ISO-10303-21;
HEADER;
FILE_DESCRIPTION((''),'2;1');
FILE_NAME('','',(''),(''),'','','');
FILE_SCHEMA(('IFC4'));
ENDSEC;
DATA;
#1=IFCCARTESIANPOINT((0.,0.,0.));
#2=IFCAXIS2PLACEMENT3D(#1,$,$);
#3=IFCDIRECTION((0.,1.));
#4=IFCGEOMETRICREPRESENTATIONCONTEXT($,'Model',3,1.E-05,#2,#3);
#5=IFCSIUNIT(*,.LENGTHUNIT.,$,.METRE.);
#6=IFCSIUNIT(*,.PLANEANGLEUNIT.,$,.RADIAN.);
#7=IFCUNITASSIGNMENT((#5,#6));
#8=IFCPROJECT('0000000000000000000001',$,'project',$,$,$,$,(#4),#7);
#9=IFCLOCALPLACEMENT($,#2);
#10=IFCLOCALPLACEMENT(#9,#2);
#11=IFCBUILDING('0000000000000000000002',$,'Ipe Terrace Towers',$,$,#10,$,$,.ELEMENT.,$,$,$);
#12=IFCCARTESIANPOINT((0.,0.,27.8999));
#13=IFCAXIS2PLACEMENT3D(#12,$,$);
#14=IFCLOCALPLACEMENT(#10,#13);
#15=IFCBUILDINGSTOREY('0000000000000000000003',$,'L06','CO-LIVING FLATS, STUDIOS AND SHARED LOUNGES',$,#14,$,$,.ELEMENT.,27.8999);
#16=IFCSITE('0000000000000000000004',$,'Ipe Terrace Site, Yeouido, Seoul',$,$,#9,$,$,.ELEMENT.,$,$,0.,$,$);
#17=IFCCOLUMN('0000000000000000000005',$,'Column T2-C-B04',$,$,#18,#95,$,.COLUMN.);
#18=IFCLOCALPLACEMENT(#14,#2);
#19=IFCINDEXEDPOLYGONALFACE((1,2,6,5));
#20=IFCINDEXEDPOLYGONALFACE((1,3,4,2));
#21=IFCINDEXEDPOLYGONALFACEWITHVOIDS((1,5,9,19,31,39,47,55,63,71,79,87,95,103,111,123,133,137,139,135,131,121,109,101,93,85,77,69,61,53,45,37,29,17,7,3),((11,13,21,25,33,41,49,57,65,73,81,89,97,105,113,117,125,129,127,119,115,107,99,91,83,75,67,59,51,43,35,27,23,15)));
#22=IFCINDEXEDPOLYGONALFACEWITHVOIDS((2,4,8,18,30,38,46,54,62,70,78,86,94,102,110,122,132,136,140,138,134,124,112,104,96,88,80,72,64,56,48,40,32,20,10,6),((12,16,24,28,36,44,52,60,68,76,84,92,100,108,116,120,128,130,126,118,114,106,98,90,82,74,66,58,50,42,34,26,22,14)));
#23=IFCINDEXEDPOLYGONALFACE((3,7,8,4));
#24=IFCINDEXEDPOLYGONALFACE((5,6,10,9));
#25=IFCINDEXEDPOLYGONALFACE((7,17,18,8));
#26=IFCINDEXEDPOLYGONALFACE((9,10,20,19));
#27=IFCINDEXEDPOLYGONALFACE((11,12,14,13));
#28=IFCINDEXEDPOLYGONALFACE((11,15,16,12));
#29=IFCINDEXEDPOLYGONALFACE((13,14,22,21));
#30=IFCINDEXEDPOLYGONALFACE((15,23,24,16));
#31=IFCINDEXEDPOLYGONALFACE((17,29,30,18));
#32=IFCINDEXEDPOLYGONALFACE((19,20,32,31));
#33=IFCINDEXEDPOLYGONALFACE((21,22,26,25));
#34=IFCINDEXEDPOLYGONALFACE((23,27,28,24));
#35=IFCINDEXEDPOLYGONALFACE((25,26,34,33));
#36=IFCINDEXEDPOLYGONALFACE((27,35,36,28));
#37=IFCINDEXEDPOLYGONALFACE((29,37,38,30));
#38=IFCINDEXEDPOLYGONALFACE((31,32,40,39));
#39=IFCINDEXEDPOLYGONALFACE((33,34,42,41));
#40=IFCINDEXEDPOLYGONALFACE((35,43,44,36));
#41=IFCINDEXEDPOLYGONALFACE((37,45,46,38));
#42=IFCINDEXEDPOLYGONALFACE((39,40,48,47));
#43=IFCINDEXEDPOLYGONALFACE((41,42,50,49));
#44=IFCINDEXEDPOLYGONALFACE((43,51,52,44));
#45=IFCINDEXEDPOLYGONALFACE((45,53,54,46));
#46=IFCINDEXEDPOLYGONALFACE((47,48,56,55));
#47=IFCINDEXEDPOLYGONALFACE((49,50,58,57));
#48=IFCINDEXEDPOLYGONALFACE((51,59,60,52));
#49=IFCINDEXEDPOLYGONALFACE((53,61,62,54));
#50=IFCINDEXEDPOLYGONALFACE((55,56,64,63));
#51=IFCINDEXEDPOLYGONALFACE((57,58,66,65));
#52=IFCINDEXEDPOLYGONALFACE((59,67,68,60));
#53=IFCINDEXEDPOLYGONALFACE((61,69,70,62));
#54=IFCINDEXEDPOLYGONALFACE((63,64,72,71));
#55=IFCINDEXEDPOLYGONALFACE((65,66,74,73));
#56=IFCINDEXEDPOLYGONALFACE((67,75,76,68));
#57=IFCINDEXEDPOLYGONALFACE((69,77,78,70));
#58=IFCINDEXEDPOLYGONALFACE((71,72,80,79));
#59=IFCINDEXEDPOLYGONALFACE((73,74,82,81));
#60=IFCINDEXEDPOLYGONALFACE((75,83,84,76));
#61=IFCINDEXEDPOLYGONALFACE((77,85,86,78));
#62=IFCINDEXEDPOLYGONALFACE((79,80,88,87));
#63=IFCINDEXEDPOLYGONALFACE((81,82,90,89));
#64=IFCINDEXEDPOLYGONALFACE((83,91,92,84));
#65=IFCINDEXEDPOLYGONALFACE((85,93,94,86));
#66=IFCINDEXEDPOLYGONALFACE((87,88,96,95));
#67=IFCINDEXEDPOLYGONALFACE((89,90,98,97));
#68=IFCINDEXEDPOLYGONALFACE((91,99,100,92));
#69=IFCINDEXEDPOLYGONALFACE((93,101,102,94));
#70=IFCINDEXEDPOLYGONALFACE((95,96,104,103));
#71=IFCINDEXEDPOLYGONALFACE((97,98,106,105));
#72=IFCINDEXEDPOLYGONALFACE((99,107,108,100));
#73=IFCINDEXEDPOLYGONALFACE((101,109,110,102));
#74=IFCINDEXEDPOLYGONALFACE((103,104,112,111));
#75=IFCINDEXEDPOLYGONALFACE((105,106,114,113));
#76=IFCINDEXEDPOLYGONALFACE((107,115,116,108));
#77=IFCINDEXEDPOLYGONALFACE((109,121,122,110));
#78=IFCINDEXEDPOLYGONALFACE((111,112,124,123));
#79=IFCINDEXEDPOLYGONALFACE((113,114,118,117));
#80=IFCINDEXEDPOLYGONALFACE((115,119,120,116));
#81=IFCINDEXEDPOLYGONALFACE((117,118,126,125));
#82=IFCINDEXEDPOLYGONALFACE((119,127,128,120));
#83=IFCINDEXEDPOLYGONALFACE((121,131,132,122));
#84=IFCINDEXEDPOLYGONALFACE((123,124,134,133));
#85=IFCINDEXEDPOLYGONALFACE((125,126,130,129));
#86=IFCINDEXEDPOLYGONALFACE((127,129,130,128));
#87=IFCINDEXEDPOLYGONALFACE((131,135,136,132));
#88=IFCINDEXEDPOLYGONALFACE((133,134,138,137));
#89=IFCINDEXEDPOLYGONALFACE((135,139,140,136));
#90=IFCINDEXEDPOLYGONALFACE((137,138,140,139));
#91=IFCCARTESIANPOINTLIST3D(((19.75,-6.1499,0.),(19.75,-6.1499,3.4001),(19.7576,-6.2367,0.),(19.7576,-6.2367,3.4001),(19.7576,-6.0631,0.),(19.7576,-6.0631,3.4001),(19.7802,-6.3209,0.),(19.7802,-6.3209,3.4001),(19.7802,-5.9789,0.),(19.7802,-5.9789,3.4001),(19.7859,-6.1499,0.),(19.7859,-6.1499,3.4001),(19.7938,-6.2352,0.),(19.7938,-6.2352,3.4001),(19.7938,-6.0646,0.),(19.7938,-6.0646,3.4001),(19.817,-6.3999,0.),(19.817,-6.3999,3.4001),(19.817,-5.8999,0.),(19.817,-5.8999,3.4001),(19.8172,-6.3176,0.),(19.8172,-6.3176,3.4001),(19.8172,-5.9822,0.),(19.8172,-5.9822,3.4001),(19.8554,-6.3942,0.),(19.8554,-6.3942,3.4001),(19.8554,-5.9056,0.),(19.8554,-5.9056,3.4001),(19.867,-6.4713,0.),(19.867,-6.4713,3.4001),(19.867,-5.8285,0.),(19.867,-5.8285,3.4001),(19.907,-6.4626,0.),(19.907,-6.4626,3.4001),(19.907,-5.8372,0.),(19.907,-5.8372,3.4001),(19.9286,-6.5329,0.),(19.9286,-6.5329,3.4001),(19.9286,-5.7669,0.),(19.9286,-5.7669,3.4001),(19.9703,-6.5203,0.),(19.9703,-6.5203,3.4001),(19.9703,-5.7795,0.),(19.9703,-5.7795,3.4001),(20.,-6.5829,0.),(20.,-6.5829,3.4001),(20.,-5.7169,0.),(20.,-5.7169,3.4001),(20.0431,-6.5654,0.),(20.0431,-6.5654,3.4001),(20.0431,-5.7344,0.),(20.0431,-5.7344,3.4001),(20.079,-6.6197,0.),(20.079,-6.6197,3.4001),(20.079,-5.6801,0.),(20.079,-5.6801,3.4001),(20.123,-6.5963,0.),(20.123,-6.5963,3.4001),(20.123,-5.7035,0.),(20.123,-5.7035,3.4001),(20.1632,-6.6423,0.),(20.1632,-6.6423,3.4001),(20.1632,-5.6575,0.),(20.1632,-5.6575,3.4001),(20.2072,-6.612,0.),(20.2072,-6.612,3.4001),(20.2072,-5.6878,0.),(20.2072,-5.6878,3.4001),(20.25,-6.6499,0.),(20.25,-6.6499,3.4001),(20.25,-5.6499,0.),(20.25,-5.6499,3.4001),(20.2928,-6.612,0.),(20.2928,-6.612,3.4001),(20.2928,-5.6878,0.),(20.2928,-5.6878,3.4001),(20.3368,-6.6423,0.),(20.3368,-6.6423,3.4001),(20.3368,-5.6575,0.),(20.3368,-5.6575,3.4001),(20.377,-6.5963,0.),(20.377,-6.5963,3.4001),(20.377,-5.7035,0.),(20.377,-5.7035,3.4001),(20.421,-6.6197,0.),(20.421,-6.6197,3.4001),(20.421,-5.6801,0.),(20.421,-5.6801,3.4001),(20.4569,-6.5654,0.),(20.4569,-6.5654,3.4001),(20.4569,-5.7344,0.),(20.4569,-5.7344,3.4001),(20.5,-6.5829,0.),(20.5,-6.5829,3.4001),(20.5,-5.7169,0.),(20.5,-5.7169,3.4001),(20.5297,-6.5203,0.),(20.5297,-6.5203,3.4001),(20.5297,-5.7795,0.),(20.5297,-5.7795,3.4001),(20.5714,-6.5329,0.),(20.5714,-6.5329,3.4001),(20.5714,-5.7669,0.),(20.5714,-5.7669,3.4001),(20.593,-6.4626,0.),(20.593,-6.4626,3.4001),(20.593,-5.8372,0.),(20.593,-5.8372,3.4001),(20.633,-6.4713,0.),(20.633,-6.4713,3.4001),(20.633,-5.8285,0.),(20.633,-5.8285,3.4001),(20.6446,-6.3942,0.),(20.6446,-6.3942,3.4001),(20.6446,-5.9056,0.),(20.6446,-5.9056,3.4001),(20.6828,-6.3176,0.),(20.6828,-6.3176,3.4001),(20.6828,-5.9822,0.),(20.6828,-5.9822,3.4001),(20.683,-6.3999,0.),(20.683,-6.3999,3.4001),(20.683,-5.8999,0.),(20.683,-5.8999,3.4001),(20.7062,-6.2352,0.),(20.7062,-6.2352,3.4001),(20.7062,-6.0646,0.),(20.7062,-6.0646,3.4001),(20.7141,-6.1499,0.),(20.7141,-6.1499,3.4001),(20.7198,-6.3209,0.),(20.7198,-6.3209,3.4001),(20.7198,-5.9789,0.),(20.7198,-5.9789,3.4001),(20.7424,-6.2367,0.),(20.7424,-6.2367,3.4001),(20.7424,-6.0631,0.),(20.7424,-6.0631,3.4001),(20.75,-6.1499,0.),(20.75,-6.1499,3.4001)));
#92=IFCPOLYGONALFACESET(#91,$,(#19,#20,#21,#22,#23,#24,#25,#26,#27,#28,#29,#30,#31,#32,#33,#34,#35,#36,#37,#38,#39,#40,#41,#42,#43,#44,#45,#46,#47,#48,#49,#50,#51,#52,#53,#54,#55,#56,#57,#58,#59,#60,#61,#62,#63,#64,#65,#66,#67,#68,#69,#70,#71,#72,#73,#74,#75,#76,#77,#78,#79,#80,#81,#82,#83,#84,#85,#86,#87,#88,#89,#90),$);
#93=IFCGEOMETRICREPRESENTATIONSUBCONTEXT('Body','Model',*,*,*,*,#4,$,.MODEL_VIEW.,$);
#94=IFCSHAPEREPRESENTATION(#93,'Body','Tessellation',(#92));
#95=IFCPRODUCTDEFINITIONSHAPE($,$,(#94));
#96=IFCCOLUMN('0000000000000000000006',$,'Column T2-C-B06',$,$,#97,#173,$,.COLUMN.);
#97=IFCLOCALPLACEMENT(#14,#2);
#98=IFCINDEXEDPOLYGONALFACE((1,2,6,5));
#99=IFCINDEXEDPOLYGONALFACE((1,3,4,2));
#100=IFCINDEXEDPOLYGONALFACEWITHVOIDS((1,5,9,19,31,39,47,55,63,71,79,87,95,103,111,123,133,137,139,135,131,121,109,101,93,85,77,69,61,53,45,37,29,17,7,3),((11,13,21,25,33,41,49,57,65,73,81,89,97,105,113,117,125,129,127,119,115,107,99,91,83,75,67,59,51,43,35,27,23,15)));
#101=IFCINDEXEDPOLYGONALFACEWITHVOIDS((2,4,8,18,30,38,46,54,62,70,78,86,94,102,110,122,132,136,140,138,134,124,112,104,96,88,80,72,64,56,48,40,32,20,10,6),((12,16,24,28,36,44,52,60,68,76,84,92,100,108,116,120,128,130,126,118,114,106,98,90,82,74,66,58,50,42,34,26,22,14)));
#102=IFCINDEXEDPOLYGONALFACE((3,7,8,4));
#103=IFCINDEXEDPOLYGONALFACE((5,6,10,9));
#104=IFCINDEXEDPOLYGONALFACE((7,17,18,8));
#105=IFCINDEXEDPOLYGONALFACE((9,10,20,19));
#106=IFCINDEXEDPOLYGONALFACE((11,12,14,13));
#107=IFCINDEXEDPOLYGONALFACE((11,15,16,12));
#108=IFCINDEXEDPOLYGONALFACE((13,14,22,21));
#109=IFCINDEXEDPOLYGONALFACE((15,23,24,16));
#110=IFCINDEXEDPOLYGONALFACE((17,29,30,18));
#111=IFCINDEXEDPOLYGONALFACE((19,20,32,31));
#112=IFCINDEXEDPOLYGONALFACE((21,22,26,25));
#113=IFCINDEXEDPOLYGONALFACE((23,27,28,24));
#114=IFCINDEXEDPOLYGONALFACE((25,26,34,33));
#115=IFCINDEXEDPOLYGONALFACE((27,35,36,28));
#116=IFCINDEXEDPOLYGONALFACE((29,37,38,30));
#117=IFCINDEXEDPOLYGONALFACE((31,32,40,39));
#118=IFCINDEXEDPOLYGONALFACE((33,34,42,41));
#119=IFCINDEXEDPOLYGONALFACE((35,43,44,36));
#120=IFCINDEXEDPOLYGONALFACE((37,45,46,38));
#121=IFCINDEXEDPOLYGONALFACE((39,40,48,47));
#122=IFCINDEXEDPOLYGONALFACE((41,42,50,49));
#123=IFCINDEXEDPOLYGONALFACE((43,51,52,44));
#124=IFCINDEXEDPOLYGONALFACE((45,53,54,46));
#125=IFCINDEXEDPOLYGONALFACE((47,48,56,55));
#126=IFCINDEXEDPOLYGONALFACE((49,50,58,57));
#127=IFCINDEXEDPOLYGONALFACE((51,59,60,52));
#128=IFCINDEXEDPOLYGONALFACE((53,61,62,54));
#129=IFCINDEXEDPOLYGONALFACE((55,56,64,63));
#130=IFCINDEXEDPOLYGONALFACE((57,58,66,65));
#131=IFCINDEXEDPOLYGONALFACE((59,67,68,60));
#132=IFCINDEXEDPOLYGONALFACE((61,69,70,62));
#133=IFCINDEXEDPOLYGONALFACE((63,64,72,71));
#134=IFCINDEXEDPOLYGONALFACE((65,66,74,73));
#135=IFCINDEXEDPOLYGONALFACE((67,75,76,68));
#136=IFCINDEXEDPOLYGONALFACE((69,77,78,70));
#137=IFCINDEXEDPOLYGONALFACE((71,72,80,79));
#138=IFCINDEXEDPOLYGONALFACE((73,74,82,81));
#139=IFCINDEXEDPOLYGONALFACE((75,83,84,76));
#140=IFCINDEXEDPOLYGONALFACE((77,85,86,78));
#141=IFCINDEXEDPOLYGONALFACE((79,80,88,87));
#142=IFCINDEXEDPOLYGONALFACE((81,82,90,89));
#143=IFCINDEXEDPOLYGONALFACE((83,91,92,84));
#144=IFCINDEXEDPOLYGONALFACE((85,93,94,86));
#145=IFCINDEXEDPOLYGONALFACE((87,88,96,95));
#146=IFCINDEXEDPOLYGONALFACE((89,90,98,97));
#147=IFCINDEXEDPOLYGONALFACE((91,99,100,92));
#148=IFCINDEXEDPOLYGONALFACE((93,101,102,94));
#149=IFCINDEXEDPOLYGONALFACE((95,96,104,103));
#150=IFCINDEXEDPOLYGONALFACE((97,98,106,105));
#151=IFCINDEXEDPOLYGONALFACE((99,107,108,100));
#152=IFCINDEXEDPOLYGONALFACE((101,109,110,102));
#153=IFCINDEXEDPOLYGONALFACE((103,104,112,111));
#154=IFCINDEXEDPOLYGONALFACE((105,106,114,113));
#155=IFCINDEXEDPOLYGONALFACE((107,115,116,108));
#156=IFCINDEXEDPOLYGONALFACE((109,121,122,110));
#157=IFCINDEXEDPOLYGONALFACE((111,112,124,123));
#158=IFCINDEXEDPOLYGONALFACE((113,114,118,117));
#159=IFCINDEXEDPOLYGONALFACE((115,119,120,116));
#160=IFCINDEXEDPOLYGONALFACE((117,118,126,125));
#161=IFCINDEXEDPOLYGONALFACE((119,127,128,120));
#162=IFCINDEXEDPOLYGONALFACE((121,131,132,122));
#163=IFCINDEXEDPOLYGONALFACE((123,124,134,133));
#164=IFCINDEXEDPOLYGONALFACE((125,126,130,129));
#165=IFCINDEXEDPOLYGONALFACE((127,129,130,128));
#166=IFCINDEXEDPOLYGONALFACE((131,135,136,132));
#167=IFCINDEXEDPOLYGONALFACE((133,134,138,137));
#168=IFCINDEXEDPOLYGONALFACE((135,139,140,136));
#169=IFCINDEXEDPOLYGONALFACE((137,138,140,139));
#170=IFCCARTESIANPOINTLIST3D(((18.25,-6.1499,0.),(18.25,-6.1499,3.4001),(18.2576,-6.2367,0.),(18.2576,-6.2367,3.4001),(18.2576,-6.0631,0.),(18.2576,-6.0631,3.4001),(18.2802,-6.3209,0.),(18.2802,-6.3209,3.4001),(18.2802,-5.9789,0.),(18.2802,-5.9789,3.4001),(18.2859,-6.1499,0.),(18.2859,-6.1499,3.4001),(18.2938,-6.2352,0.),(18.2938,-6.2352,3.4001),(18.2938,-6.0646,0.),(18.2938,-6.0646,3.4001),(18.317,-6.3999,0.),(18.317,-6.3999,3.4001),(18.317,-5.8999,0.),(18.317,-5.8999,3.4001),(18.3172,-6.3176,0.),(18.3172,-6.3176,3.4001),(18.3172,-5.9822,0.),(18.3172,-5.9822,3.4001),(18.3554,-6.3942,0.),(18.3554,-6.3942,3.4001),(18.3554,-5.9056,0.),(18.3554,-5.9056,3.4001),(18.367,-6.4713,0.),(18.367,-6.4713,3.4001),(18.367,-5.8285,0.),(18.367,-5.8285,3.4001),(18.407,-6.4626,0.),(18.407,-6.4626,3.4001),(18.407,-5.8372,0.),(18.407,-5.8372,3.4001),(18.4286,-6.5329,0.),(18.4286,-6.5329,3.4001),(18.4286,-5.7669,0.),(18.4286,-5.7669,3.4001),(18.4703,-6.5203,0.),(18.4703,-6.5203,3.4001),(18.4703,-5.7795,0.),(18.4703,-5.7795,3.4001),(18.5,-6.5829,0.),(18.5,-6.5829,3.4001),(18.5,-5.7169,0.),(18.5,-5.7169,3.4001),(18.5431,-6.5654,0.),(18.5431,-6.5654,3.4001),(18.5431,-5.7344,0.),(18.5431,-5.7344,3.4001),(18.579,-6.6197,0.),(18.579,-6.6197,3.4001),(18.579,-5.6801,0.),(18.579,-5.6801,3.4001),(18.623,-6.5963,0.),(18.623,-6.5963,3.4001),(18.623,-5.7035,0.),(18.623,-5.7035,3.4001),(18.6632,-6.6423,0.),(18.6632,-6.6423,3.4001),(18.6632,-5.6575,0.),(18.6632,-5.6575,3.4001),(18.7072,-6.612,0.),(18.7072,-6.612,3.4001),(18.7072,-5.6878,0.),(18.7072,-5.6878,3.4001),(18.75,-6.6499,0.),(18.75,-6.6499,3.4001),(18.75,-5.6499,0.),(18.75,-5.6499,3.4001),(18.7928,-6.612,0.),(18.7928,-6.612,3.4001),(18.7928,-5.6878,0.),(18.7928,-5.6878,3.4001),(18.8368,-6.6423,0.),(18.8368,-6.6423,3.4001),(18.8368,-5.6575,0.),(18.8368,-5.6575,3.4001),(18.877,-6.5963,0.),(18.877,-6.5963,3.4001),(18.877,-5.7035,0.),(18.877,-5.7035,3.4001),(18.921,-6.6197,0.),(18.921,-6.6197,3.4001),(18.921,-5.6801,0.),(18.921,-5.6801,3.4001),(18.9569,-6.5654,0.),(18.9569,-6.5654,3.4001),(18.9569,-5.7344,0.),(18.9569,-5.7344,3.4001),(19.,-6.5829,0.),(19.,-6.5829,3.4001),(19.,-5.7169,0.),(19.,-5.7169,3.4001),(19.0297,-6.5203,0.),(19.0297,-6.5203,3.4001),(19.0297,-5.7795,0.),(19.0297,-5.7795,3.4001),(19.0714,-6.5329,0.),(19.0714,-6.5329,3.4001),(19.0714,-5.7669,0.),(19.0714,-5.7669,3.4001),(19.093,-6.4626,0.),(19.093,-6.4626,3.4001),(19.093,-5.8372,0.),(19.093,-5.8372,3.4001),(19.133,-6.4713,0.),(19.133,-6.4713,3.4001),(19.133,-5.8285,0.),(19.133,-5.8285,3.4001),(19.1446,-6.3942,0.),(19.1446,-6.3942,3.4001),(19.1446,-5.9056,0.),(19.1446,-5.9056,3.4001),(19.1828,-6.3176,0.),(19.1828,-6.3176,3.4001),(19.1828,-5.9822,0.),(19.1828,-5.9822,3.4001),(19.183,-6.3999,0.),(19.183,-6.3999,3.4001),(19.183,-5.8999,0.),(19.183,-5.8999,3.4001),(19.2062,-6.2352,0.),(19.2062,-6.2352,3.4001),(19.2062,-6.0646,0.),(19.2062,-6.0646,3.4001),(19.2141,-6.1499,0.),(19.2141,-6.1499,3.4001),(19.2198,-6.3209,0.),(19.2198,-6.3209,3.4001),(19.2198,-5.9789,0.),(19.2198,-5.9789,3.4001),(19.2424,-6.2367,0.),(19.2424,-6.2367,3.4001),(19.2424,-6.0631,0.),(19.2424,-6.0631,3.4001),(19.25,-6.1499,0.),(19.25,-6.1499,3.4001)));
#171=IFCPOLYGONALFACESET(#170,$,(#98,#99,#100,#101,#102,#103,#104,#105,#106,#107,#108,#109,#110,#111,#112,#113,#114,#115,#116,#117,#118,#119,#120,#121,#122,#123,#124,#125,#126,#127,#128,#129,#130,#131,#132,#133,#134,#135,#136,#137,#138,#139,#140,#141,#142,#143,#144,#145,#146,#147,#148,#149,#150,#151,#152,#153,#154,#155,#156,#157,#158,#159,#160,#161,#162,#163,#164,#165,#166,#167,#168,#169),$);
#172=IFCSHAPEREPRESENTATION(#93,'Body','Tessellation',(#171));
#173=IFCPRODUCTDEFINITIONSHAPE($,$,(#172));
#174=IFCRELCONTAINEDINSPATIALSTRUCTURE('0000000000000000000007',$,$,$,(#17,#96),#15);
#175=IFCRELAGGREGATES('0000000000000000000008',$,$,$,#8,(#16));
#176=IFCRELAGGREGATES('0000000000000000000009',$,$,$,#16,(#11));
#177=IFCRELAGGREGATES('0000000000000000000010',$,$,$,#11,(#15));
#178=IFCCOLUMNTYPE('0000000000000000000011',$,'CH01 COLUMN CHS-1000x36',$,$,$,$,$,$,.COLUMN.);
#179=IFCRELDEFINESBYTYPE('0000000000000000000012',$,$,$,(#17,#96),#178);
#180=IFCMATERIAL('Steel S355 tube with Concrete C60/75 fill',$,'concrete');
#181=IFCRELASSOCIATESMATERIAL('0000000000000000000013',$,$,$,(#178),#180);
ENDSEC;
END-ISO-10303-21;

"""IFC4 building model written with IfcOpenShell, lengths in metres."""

from ifc_helpers import new_model, si_unit, direction, frame, origin, origin_2d, place, context, subcontext, project, spatial, hollow_circle, extrude, material, material_profile, profile_set, type_object, element, save


model = new_model("IFC4")

# Units and contexts
model_context = context("Model", 3, precision=1e-05, world=origin(), true_north=direction((0.0, 1.0)))
body_context = subcontext(model_context, "Body", "Model", "MODEL_VIEW")
ifc_project = project(units=[si_unit("LENGTHUNIT", "METRE"), si_unit("PLANEANGLEUNIT", "RADIAN")], contexts=[model_context])

# Site, building, storey
site_placement = place(None, origin())
site = spatial("IfcSite", under=ifc_project, at=site_placement, Name="Ipe Terrace Site, Yeouido, Seoul", CompositionType="ELEMENT", RefElevation=0.0)
building_placement = place(site_placement, origin())
building = spatial("IfcBuilding", under=site, at=building_placement, Name="Ipe Terrace Towers", CompositionType="ELEMENT")
storey_placement = place(building_placement, frame((0.0, 0.0, 27.8999)))
storey = spatial("IfcBuildingStorey", under=building, at=storey_placement, Name="L06", Description="CO-LIVING FLATS, STUDIOS AND SHARED LOUNGES", CompositionType="ELEMENT", Elevation=27.8999)

# Columns
ifc_material_1 = material(Name="Steel S355 tube with Concrete C60/75 fill", Category="concrete")
ifc_material_profile_1 = material_profile(ifc_material_1, hollow_circle(Radius=0.5, WallThickness=0.0359, at=origin_2d()), Name="CHS-1000x36")
ifc_profile_set_1 = profile_set([ifc_material_profile_1], Name="Steel S355 tube with Concrete C60/75 fill")
column_type = type_object("IfcColumnType", Name="CH01 COLUMN CHS-1000x36", PredefinedType="COLUMN", material=ifc_profile_set_1)
for number, where, z_axis, x_axis, name in (
    (1, (20.25, -6.1499, 0.0), (0.0, 0.0, 1.0), (1.0, 0.0, 0.0), "Column T2-C-B04"),
    (2, (18.75, -6.1499, 0.0), (0.0, 0.0, 1.0), (1.0, 0.0, 0.0), "Column T2-C-B06"),
):
    element("IfcColumn", number, at=place(storey_placement, frame(where, z_axis=z_axis, x_axis=x_axis)), inside=storey, type_object=column_type, Name=name, PredefinedType="COLUMN", context=body_context, shape_type="SweptSolid", body=[
        extrude(hollow_circle(Radius=0.5, WallThickness=0.0359, at=origin_2d()), origin(), (0.0, 0.0, 1.0), 3.4001),
    ])

save(model, "model.ifc")
